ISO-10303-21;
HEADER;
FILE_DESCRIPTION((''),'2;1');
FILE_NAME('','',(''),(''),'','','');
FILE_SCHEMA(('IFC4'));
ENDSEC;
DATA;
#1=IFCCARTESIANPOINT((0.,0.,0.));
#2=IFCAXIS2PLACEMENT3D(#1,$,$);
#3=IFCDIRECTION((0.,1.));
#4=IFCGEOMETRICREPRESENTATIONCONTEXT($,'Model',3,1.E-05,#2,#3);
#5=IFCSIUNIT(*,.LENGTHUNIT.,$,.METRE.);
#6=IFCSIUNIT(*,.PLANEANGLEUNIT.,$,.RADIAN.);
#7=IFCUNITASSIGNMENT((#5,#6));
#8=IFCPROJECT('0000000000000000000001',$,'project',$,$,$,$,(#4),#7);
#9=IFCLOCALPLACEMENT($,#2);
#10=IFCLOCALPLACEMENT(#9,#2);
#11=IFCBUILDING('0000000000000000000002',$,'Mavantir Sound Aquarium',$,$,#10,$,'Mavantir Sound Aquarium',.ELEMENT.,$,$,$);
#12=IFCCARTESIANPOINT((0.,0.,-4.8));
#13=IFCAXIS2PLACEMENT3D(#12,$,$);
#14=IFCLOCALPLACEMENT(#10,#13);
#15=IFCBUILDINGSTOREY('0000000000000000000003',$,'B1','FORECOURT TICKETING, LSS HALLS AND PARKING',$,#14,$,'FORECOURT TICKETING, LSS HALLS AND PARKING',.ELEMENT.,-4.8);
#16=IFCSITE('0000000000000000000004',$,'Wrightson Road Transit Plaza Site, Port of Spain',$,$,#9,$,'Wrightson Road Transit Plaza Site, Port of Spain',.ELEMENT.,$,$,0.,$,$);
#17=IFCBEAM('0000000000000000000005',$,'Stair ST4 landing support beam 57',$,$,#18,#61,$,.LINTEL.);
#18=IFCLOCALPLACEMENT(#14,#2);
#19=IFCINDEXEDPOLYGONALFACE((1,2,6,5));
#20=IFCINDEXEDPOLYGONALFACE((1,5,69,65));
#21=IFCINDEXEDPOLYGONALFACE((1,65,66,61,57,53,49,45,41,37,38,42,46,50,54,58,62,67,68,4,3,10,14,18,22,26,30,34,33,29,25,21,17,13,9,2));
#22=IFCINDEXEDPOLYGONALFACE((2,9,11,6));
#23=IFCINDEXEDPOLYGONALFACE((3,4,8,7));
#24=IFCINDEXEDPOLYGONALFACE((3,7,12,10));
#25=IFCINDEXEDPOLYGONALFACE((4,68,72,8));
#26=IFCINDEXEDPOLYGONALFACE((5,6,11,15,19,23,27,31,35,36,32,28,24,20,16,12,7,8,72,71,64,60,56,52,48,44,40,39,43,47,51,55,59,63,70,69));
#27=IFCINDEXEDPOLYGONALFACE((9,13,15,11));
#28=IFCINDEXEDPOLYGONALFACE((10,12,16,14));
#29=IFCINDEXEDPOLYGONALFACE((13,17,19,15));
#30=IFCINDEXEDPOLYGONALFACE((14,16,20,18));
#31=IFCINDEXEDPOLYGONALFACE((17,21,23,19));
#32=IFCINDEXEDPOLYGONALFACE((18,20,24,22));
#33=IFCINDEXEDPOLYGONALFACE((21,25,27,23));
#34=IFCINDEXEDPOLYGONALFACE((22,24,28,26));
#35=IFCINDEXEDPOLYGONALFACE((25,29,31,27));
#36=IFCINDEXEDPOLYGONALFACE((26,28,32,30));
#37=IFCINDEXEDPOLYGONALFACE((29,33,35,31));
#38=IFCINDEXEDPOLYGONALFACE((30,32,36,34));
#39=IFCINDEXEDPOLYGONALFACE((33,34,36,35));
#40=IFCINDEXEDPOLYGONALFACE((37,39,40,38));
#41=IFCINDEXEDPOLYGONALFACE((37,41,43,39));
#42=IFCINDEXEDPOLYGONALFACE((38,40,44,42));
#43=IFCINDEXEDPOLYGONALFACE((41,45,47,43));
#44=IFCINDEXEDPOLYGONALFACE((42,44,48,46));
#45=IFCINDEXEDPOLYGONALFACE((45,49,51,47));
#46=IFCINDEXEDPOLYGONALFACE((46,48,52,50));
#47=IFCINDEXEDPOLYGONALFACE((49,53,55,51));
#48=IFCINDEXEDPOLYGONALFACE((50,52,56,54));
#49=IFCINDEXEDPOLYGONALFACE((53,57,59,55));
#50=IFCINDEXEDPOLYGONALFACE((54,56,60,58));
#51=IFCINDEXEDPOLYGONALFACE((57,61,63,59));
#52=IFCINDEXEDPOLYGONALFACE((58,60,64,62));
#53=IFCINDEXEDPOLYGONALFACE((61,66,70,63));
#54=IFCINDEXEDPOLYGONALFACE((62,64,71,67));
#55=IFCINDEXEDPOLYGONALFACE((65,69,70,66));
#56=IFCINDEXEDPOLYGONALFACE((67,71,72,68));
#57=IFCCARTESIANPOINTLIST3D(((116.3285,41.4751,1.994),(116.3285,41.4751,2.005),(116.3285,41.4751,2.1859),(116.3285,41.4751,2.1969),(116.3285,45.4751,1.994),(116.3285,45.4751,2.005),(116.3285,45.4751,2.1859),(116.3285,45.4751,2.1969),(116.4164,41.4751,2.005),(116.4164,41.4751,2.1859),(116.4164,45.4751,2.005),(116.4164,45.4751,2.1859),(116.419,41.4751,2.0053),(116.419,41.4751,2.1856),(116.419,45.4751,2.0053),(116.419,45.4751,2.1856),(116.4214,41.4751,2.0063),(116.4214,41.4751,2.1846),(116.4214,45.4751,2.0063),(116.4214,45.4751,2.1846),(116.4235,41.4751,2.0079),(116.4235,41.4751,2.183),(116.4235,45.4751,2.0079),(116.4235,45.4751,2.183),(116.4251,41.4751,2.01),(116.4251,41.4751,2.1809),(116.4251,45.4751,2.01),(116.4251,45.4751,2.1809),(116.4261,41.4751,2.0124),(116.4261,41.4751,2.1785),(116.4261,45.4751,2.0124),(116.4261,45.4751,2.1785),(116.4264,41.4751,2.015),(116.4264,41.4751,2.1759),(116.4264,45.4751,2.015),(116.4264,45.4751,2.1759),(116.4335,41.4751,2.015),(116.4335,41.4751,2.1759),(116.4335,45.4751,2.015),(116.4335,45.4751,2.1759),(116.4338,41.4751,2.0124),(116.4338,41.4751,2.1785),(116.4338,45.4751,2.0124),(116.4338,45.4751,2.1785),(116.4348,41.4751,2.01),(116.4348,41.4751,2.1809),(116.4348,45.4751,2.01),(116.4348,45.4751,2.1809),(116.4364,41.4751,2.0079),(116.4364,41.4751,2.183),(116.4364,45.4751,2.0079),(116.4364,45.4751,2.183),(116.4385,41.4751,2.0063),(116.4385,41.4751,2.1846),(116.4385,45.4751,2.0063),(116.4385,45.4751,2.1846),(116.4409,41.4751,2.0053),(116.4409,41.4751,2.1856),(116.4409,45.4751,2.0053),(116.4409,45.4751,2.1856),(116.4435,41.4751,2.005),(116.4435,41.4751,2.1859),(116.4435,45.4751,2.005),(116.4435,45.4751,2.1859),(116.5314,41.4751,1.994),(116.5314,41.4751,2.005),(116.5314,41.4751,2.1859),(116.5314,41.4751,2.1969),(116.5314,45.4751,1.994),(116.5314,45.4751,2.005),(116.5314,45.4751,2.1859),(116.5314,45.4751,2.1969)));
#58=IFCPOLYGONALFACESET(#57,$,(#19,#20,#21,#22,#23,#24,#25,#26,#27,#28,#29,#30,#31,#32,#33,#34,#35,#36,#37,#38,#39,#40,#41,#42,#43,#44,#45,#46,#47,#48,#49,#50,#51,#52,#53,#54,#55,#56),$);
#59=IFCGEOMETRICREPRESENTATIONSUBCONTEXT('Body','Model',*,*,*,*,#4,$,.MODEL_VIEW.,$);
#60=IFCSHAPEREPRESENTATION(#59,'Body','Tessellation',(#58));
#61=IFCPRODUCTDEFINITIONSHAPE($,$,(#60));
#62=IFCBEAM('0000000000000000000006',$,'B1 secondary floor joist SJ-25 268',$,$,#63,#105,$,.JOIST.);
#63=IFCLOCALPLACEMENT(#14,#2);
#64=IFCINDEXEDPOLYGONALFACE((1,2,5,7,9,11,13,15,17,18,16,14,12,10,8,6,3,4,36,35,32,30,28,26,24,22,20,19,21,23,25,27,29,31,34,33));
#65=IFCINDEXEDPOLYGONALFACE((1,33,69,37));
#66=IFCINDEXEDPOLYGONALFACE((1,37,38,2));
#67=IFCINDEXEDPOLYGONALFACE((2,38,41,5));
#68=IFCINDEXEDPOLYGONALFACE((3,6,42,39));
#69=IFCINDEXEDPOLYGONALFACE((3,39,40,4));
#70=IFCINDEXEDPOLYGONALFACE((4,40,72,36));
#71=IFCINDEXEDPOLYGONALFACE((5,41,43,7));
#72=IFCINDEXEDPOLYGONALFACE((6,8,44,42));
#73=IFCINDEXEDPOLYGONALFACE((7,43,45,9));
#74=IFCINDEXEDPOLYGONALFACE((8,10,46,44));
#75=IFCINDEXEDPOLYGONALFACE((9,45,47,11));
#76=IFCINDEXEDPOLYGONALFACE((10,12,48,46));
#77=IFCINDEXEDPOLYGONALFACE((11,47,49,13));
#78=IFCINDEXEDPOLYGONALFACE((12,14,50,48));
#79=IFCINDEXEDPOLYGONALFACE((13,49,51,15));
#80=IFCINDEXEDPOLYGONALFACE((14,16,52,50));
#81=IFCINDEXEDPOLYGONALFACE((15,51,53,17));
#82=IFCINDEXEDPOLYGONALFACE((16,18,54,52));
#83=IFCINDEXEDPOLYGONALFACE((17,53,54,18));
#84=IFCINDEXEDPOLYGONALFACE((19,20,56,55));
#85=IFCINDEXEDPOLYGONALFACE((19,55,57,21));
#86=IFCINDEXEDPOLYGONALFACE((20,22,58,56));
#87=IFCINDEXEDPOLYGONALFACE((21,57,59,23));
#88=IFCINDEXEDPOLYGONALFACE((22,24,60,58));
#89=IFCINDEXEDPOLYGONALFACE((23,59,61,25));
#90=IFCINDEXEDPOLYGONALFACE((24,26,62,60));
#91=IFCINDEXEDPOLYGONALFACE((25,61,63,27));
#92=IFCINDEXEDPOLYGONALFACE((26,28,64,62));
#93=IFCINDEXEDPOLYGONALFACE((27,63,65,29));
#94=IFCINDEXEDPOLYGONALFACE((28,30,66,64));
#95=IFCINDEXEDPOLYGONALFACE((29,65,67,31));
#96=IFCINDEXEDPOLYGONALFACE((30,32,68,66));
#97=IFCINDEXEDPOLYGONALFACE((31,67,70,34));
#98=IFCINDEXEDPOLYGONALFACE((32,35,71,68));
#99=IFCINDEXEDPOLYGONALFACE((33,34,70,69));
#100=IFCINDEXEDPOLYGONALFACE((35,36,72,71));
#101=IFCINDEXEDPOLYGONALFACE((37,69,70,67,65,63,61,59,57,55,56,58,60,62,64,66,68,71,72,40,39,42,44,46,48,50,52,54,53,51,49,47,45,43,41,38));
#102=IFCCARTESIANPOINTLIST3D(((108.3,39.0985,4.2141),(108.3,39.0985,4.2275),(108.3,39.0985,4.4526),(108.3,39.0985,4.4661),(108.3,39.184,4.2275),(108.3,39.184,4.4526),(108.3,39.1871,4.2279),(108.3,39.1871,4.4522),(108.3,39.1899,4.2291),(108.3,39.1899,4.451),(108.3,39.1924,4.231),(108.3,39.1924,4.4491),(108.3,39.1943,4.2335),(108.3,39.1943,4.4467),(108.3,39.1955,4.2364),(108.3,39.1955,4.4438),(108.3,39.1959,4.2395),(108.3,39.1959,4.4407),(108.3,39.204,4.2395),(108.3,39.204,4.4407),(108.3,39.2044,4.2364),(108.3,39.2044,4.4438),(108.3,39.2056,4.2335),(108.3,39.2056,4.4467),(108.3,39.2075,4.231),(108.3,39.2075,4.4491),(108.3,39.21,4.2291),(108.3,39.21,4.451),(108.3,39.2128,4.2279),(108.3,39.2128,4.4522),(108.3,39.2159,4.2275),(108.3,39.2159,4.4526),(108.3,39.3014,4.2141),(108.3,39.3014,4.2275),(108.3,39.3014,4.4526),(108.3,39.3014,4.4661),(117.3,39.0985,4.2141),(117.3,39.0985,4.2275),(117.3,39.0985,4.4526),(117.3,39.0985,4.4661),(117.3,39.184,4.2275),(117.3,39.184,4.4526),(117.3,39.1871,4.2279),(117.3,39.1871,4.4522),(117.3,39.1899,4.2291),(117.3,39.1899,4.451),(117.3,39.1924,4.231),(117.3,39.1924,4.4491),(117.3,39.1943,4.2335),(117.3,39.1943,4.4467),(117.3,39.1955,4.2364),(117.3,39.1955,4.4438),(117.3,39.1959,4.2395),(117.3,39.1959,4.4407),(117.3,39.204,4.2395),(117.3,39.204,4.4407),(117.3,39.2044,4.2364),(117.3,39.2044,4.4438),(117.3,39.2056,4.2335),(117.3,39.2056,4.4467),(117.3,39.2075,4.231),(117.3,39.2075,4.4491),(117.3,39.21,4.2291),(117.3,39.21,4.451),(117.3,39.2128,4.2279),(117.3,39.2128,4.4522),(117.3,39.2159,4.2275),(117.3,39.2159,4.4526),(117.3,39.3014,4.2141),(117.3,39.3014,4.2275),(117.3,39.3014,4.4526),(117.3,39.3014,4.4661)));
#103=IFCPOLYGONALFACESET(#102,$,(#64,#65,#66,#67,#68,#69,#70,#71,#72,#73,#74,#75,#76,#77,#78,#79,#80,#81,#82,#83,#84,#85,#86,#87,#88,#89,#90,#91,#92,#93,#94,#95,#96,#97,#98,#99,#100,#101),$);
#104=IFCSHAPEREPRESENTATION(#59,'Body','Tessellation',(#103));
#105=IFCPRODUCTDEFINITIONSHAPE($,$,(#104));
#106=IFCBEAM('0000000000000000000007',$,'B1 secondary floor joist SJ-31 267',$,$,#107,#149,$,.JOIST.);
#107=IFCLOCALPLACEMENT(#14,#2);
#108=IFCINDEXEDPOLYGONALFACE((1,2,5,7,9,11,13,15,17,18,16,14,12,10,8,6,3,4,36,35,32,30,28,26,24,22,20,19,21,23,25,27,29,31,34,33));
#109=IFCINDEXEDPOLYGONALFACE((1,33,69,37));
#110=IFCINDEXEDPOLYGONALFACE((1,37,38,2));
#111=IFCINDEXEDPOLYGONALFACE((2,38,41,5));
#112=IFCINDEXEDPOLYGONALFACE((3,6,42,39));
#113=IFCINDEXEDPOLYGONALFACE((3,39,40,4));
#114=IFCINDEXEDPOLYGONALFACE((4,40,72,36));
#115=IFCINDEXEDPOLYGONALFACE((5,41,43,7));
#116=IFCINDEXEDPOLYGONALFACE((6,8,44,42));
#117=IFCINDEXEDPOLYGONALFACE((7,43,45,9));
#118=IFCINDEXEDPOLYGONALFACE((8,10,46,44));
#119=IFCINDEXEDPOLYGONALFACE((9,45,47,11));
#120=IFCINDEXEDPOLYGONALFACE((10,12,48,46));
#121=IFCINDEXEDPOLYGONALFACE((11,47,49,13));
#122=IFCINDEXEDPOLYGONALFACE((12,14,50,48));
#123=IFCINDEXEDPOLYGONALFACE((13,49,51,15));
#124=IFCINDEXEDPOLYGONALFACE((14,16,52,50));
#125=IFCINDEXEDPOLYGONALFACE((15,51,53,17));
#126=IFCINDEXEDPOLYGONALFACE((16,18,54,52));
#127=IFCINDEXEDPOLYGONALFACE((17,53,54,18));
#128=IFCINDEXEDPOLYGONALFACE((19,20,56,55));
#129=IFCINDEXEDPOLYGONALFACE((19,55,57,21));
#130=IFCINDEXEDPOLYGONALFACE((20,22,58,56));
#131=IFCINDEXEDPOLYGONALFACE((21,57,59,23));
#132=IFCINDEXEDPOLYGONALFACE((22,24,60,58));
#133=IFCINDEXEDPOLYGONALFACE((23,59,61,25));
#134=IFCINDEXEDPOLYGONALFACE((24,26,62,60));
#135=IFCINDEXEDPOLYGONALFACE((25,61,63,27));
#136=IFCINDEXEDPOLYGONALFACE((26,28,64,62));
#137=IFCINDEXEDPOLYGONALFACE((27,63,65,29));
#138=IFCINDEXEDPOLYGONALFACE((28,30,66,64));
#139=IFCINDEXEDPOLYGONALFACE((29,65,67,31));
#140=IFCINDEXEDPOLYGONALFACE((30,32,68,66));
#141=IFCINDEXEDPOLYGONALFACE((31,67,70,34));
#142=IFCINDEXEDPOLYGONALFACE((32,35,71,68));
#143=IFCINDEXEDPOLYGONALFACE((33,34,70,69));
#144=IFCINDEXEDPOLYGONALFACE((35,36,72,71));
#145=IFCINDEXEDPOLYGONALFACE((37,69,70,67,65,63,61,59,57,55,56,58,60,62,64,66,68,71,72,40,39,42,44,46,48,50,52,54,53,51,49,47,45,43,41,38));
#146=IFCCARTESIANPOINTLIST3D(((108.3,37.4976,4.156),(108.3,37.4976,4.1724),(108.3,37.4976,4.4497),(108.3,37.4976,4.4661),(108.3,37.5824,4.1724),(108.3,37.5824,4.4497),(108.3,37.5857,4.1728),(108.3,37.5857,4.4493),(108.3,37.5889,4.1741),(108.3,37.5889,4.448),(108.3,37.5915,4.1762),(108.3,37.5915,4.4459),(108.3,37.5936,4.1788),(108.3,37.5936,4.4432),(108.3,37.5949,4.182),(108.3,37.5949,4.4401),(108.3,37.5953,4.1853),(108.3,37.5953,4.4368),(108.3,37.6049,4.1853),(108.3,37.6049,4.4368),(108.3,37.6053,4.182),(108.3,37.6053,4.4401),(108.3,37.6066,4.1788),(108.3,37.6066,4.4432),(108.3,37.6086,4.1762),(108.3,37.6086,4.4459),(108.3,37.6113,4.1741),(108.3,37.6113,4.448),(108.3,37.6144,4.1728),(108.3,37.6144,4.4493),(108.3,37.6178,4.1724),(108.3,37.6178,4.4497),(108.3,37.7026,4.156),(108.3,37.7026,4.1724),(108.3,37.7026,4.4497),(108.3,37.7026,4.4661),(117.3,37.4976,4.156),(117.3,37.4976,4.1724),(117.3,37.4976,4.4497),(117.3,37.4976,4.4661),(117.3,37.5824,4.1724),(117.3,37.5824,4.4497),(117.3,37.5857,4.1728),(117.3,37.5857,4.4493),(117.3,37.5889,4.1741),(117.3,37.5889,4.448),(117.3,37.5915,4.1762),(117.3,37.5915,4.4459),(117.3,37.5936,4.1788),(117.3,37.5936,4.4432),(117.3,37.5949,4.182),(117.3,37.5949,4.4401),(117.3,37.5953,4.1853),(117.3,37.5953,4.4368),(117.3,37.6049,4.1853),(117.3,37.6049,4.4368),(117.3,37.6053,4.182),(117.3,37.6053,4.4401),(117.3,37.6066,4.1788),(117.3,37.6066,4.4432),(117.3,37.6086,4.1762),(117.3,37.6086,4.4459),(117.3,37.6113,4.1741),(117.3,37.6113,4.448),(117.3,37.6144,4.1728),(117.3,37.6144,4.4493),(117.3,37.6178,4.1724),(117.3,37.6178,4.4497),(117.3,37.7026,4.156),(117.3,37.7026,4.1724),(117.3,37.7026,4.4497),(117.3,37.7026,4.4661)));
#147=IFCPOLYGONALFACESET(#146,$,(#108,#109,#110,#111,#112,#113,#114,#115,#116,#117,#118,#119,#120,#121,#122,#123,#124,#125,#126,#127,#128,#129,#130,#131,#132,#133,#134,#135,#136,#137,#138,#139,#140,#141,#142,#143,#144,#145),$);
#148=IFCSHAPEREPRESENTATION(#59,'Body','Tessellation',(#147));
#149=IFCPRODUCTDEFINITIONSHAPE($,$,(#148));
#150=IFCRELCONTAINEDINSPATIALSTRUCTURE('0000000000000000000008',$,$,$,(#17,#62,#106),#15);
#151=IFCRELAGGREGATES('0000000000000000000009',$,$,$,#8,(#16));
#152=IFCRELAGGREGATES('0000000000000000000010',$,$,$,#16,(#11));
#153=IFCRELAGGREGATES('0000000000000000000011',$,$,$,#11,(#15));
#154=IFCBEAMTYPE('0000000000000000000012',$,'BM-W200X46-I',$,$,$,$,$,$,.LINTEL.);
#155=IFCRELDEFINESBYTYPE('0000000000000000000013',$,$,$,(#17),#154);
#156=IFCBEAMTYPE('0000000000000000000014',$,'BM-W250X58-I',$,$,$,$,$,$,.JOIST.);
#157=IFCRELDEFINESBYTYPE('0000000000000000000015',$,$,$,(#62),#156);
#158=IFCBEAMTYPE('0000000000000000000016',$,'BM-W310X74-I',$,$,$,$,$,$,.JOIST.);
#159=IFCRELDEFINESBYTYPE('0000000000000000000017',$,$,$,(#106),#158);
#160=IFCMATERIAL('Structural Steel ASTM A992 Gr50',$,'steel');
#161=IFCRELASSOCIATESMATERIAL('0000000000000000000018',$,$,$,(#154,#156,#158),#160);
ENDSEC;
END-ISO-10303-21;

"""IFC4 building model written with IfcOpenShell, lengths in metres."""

from ifc_helpers import new_model, si_unit, direction, frame, origin, origin_2d, place, context, subcontext, project, spatial, i_section, extrude, material, material_profile, profile_set, type_object, element, save


model = new_model("IFC4")

# Units and contexts
model_context = context("Model", 3, precision=1e-05, world=origin(), true_north=direction((0.0, 1.0)))
body_context = subcontext(model_context, "Body", "Model", "MODEL_VIEW")
ifc_project = project(units=[si_unit("LENGTHUNIT", "METRE"), si_unit("PLANEANGLEUNIT", "RADIAN")], contexts=[model_context])

# Site, building, storey
site_placement = place(None, origin())
site = spatial("IfcSite", under=ifc_project, at=site_placement, Name="Wrightson Road Transit Plaza Site, Port of Spain", LongName="Wrightson Road Transit Plaza Site, Port of Spain", CompositionType="ELEMENT", RefElevation=0.0)
building_placement = place(site_placement, origin())
building = spatial("IfcBuilding", under=site, at=building_placement, Name="Mavantir Sound Aquarium", LongName="Mavantir Sound Aquarium", CompositionType="ELEMENT")
storey_placement = place(building_placement, frame((0.0, 0.0, -4.8)))
storey = spatial("IfcBuildingStorey", under=building, at=storey_placement, Name="B1", Description="FORECOURT TICKETING, LSS HALLS AND PARKING", LongName="FORECOURT TICKETING, LSS HALLS AND PARKING", CompositionType="ELEMENT", Elevation=-4.8)

# Beams
ifc_material_1 = material(Name="Structural Steel ASTM A992 Gr50", Category="steel")
ifc_material_profile_1 = material_profile(ifc_material_1, i_section(OverallWidth=0.2029, OverallDepth=0.2029, WebThickness=0.0071, FlangeThickness=0.011, FilletRadius=0.01, at=origin_2d()), Name="W200X46")
ifc_profile_set_1 = profile_set([ifc_material_profile_1], Name="Structural Steel ASTM A992 Gr50")
beam_type_1 = type_object("IfcBeamType", Name="BM-W200X46-I", PredefinedType="LINTEL", material=ifc_profile_set_1)
for number, where, z_axis, x_axis, name in (
    (1, (116.4299, 41.4751, 2.0955), (0.0, 1.0, 0.0), (-1.0, 0.0, 0.0), "Stair ST4 landing support beam 57"),
):
    element("IfcBeam", number, at=place(storey_placement, frame(where, z_axis=z_axis, x_axis=x_axis)), inside=storey, type_object=beam_type_1, Name=name, PredefinedType="LINTEL", context=body_context, shape_type="SweptSolid", body=[
        extrude(i_section(OverallWidth=0.2029, OverallDepth=0.2029, WebThickness=0.0071, FlangeThickness=0.011, FilletRadius=0.01, at=origin_2d()), origin(), (0.0, 0.0, 1.0), 4.0),
    ])
ifc_material_profile_2 = material_profile(ifc_material_1, i_section(OverallWidth=0.2029, OverallDepth=0.252, WebThickness=0.0081, FlangeThickness=0.0134, FilletRadius=0.012, at=origin_2d()), Name="W250X58")
ifc_profile_set_2 = profile_set([ifc_material_profile_2], Name="Structural Steel ASTM A992 Gr50")
beam_type_2 = type_object("IfcBeamType", Name="BM-W250X58-I", PredefinedType="JOIST", material=ifc_profile_set_2)
beam_1_placement = place(storey_placement, frame((108.3, 39.2, 4.3401), z_axis=(1.0, 0.0, 0.0), x_axis=(0.0, 1.0, 0.0)))
element("IfcBeam", 2, at=beam_1_placement, inside=storey, type_object=beam_type_2, Name="B1 secondary floor joist SJ-25 268", PredefinedType="JOIST", context=body_context, shape_type="SweptSolid", body=[
    extrude(i_section(OverallWidth=0.2029, OverallDepth=0.252, WebThickness=0.0081, FlangeThickness=0.0134, FilletRadius=0.012, at=origin_2d()), origin(), (0.0, 0.0, 1.0), 9.0),
])
ifc_material_profile_3 = material_profile(ifc_material_1, i_section(OverallWidth=0.2051, OverallDepth=0.3101, WebThickness=0.0095, FlangeThickness=0.0164, FilletRadius=0.0129, at=origin_2d()), Name="W310X74")
ifc_profile_set_3 = profile_set([ifc_material_profile_3], Name="Structural Steel ASTM A992 Gr50")
beam_type_3 = type_object("IfcBeamType", Name="BM-W310X74-I", PredefinedType="JOIST", material=ifc_profile_set_3)
beam_2_placement = place(storey_placement, frame((108.3, 37.6001, 4.311), z_axis=(1.0, 0.0, 0.0), x_axis=(0.0, 1.0, 0.0)))
element("IfcBeam", 3, at=beam_2_placement, inside=storey, type_object=beam_type_3, Name="B1 secondary floor joist SJ-31 267", PredefinedType="JOIST", context=body_context, shape_type="SweptSolid", body=[
    extrude(i_section(OverallWidth=0.2051, OverallDepth=0.3101, WebThickness=0.0095, FlangeThickness=0.0164, FilletRadius=0.0129, at=origin_2d()), origin(), (0.0, 0.0, 1.0), 9.0),
])

save(model, "model.ifc")
